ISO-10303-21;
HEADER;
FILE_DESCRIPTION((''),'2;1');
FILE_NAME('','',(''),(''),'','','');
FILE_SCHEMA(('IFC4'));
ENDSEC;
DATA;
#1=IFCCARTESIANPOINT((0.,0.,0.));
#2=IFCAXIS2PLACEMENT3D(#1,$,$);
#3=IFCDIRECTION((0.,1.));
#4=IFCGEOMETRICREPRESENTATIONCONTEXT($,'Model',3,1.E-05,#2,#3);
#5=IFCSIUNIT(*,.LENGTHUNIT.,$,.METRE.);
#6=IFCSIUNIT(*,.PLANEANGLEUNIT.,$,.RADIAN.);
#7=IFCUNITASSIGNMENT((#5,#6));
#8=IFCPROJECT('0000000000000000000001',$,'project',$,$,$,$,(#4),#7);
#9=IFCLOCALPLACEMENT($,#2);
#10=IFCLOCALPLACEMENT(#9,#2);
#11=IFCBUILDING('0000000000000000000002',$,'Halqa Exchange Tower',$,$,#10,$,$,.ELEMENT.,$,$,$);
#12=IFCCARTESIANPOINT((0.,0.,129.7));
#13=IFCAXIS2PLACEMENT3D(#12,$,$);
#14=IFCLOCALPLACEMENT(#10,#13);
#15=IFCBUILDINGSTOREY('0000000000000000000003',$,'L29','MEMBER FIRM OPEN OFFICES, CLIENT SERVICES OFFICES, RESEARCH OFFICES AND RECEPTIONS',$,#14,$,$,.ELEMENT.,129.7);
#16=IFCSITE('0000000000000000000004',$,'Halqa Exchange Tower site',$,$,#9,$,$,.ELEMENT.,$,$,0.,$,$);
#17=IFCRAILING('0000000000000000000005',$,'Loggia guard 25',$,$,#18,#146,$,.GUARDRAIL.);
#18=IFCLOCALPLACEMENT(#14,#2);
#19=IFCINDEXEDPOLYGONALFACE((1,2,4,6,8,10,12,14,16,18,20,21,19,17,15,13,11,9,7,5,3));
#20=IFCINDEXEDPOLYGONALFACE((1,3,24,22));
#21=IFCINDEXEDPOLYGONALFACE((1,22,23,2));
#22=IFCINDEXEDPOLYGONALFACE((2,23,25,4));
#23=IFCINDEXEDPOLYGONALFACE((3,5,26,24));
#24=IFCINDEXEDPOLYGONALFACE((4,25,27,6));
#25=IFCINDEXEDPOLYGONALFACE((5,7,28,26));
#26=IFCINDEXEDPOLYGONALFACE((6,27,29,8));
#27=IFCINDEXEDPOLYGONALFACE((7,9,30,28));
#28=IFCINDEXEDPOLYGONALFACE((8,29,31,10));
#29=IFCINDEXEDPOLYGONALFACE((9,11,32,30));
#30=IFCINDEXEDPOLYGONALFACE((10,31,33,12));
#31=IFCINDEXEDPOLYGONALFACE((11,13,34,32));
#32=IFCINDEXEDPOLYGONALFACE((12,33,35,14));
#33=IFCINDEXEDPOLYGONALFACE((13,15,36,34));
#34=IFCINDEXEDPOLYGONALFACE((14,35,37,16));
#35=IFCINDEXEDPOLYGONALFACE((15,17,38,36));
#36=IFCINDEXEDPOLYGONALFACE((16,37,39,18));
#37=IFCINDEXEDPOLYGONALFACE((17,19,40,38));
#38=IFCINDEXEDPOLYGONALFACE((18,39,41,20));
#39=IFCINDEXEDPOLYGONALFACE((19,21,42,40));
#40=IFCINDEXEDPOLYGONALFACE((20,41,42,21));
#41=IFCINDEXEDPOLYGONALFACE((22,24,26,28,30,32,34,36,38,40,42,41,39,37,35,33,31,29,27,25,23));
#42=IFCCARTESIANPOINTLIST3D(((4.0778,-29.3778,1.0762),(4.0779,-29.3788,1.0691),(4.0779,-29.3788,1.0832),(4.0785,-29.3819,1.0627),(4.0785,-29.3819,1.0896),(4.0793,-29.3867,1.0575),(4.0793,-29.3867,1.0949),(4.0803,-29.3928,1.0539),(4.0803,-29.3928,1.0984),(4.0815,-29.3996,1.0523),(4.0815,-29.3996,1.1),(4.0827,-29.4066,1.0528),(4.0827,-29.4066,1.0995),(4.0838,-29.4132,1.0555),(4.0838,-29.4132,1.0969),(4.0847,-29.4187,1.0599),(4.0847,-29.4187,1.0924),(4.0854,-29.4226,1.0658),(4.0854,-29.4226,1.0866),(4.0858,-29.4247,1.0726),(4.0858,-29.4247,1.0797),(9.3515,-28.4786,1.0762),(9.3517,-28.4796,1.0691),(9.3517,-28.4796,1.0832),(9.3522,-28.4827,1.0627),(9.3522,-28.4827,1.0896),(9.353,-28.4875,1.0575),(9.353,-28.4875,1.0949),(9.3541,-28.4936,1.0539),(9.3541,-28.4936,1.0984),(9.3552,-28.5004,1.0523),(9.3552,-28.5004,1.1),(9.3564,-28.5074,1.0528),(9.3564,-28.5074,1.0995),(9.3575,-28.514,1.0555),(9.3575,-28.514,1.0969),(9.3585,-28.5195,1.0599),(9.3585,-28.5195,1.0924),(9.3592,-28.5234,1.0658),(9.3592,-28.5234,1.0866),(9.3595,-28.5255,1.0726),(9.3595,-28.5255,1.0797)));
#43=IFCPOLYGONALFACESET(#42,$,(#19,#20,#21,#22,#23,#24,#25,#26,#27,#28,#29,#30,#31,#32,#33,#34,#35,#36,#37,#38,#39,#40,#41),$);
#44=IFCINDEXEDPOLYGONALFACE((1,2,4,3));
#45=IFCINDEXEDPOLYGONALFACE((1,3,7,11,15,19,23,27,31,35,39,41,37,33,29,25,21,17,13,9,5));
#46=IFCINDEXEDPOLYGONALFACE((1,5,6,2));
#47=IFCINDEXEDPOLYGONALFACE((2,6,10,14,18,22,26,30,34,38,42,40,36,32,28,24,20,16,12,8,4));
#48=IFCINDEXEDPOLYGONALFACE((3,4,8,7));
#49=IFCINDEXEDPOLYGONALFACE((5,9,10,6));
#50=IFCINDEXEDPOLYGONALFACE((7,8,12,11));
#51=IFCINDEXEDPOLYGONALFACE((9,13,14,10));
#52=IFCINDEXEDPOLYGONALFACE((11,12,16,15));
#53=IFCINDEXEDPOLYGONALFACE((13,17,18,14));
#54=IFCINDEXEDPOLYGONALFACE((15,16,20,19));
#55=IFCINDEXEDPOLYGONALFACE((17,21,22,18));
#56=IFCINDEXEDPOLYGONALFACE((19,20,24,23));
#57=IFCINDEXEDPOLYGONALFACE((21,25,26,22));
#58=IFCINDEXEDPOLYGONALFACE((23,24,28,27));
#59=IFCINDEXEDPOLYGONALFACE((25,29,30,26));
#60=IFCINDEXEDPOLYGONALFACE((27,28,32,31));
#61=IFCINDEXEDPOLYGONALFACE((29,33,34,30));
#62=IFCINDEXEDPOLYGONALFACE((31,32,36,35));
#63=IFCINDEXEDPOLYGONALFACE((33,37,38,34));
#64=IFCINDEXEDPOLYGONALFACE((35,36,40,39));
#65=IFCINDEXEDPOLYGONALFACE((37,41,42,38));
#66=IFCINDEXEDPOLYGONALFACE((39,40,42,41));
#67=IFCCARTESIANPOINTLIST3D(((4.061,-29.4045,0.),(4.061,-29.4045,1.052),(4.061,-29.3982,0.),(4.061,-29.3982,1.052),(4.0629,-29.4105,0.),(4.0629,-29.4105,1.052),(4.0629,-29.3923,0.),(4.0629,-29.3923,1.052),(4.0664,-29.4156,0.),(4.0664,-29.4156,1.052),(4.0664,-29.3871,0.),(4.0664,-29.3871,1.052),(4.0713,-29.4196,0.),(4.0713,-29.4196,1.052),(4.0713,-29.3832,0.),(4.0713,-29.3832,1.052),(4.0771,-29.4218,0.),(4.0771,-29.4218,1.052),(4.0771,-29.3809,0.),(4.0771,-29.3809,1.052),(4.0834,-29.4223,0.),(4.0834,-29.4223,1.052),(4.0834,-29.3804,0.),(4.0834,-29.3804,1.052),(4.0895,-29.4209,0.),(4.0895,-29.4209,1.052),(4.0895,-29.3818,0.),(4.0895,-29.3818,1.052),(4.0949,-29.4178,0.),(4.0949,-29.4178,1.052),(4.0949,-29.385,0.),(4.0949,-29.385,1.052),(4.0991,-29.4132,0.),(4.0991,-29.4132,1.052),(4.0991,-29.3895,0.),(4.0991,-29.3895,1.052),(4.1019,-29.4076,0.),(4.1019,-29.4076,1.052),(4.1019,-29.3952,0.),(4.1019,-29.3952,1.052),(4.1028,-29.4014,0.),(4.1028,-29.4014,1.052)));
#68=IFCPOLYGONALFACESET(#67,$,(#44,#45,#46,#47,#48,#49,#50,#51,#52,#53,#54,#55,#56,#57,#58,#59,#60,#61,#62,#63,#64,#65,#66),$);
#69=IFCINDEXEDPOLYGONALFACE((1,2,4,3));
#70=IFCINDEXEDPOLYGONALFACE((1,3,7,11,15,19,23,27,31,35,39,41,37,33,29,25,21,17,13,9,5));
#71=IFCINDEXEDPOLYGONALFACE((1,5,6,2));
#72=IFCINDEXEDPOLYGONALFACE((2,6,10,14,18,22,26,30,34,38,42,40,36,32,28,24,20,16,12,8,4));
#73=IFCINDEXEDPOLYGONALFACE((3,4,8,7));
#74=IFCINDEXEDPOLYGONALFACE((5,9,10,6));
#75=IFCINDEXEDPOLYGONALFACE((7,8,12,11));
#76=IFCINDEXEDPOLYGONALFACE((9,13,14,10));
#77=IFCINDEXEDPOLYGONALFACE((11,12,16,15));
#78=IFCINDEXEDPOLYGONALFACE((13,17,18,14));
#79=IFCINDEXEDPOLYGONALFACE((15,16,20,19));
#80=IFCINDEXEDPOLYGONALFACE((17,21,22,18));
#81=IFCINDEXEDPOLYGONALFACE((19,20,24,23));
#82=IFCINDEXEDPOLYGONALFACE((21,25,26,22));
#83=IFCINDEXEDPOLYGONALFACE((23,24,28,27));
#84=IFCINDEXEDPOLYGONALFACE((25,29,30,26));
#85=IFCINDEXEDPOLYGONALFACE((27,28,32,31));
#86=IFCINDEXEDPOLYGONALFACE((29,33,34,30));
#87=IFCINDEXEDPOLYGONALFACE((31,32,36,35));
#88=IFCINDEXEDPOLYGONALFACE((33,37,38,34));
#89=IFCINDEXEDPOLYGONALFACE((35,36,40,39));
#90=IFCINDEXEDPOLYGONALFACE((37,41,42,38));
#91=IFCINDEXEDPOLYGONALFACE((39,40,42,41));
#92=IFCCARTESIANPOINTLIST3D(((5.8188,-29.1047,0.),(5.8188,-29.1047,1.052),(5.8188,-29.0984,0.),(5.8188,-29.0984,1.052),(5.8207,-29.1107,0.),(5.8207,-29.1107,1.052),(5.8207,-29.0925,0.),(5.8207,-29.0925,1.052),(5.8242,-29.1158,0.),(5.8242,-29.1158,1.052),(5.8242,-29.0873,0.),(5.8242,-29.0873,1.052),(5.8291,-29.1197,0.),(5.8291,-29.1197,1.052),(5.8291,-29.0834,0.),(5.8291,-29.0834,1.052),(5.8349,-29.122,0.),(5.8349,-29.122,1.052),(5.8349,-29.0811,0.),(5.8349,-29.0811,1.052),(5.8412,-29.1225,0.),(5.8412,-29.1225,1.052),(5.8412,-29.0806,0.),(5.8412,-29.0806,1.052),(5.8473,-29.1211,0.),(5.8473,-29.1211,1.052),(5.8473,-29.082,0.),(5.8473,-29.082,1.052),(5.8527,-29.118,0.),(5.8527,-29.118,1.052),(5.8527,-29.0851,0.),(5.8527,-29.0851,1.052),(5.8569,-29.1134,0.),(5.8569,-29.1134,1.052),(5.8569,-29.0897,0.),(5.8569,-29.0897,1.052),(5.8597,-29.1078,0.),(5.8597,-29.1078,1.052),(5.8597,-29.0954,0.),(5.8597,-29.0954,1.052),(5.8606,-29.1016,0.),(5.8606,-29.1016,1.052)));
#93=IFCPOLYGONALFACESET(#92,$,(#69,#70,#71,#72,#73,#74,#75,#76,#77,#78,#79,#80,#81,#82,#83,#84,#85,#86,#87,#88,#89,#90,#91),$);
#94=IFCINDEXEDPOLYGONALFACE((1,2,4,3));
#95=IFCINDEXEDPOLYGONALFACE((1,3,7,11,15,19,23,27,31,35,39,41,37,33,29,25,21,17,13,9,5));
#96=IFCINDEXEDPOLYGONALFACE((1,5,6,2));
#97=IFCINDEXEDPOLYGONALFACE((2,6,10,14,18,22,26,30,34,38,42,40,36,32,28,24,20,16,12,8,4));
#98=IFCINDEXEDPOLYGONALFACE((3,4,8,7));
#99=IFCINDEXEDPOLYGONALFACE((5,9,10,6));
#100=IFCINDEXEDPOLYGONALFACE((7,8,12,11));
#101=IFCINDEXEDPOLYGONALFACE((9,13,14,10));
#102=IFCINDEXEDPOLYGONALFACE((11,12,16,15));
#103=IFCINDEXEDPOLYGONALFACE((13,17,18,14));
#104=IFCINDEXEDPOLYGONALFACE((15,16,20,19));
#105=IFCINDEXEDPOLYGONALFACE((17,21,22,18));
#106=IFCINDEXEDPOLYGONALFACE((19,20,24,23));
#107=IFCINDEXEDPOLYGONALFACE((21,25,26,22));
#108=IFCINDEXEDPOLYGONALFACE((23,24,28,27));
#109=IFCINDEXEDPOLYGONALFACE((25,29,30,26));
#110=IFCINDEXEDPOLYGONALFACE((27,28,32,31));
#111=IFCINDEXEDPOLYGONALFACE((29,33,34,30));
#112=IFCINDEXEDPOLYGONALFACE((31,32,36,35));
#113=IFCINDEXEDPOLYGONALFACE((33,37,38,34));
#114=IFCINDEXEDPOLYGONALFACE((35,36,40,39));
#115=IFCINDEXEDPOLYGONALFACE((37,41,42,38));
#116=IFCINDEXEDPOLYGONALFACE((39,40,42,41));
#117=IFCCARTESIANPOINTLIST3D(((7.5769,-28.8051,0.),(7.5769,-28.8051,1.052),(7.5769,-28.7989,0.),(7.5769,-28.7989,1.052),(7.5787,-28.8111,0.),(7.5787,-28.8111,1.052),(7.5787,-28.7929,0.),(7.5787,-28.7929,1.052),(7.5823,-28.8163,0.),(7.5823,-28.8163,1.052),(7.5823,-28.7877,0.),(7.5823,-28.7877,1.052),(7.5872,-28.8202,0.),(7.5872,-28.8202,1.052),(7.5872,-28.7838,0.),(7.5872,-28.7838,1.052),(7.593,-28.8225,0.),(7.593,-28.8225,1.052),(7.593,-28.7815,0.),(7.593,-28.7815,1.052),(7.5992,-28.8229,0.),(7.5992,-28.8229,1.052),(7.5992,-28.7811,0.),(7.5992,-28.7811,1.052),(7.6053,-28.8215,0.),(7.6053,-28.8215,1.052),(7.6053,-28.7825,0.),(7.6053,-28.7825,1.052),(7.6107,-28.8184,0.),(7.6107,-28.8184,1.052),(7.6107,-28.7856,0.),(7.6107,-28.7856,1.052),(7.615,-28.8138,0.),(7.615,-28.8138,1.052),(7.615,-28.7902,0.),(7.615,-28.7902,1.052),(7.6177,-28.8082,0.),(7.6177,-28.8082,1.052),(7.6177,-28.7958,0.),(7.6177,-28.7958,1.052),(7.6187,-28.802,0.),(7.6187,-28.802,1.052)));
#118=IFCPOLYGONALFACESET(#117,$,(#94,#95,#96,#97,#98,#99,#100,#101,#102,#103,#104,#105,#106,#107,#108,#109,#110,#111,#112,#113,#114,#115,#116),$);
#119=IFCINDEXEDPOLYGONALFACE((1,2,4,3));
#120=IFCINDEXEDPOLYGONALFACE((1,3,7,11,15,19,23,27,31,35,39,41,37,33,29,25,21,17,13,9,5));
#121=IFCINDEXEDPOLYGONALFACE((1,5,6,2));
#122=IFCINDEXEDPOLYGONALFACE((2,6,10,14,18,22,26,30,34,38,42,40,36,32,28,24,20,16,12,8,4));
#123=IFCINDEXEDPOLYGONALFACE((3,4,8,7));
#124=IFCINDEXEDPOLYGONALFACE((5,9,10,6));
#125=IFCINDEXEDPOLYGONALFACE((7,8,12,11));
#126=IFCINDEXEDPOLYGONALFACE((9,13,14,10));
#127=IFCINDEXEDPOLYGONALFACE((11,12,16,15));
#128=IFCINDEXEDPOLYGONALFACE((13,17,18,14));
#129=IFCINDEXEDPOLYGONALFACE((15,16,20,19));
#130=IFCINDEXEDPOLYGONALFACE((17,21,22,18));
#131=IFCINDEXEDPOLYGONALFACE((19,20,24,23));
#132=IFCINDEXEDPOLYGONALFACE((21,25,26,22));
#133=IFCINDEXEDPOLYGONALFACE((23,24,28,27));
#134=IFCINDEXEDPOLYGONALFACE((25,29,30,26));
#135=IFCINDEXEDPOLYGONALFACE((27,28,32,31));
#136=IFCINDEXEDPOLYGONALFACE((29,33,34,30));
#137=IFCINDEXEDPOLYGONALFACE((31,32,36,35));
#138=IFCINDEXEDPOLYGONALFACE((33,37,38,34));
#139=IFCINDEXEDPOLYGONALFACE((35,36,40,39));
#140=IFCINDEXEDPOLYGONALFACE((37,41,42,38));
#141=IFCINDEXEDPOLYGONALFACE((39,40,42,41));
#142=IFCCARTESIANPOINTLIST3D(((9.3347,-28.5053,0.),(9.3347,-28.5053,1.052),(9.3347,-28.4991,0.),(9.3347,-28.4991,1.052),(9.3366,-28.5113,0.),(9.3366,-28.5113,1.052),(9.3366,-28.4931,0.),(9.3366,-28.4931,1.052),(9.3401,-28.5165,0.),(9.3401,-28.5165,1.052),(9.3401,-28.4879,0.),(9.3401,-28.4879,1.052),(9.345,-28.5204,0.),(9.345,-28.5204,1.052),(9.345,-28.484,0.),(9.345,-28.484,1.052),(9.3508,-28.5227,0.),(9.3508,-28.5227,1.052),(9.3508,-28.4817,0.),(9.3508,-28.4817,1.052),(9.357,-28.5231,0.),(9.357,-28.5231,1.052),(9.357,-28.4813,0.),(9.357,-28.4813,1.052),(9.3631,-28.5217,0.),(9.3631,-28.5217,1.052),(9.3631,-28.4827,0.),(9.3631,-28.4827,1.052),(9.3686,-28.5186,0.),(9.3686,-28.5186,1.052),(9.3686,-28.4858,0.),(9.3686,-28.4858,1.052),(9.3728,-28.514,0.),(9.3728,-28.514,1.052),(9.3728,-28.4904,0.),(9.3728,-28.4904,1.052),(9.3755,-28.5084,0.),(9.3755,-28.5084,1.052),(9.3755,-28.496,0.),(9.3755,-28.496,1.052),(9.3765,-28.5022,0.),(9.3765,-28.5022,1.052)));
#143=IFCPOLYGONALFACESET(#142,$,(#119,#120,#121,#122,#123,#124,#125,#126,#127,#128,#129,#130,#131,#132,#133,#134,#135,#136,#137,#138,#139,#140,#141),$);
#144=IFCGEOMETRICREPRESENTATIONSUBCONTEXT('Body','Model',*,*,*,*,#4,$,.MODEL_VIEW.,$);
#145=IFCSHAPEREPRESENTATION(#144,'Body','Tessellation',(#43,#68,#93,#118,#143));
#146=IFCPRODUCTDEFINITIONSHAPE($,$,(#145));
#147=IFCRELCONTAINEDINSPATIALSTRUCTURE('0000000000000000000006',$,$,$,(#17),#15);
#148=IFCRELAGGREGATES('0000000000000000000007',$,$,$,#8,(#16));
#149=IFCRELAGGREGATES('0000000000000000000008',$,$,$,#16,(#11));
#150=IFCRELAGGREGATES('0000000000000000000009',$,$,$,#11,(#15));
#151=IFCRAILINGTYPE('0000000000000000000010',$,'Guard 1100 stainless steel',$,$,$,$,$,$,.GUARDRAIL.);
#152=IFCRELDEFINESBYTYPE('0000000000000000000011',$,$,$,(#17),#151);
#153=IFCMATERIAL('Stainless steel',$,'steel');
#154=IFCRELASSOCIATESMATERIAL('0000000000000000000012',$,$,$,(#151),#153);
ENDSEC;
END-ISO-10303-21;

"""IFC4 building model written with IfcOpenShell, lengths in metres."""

from ifc_helpers import new_model, si_unit, direction, frame, origin, origin_2d, place, context, subcontext, project, spatial, circle, extrude, material, type_object, element, save


model = new_model("IFC4")

# Units and contexts
model_context = context("Model", 3, precision=1e-05, world=origin(), true_north=direction((0.0, 1.0)))
body_context = subcontext(model_context, "Body", "Model", "MODEL_VIEW")
ifc_project = project(units=[si_unit("LENGTHUNIT", "METRE"), si_unit("PLANEANGLEUNIT", "RADIAN")], contexts=[model_context])

# Site, building, storey
site_placement = place(None, origin())
site = spatial("IfcSite", under=ifc_project, at=site_placement, Name="Halqa Exchange Tower site", CompositionType="ELEMENT", RefElevation=0.0)
building_placement = place(site_placement, origin())
building = spatial("IfcBuilding", under=site, at=building_placement, Name="Halqa Exchange Tower", CompositionType="ELEMENT")
storey_placement = place(building_placement, frame((0.0, 0.0, 129.7)))
storey = spatial("IfcBuildingStorey", under=building, at=storey_placement, Name="L29", Description="MEMBER FIRM OPEN OFFICES, CLIENT SERVICES OFFICES, RESEARCH OFFICES AND RECEPTIONS", CompositionType="ELEMENT", Elevation=129.7)

# Railing
ifc_material_1 = material(Name="Stainless steel", Category="steel")
railing_type = type_object("IfcRailingType", Name="Guard 1100 stainless steel", PredefinedType="GUARDRAIL", material=ifc_material_1)
railing_1_placement = place(storey_placement, frame((4.0818, -29.4014, 0.0)))
element("IfcRailing", 1, at=railing_1_placement, inside=storey, type_object=railing_type, Name="Loggia guard 25", PredefinedType="GUARDRAIL", context=body_context, shape_type="SweptSolid", body=[
    extrude(circle(Radius=0.0239, at=origin_2d()), frame((0.0, 0.0, 1.0762), z_axis=(0.985774, 0.168076, 0.0), x_axis=(-0.168076, 0.985774, 0.0)), (0.0, 0.0, 1.0), 5.3499),
    extrude(circle(Radius=0.021, at=origin_2d()), origin(), (0.0, 0.0, 1.0), 1.052),
    extrude(circle(Radius=0.021, at=origin_2d()), frame((1.7578, 0.2998, 0.0)), (0.0, 0.0, 1.0), 1.052),
    extrude(circle(Radius=0.021, at=origin_2d()), frame((3.5159, 0.5994, 0.0)), (0.0, 0.0, 1.0), 1.052),
    extrude(circle(Radius=0.021, at=origin_2d()), frame((5.2737, 0.8992, 0.0)), (0.0, 0.0, 1.0), 1.052),
])

save(model, "model.ifc")
